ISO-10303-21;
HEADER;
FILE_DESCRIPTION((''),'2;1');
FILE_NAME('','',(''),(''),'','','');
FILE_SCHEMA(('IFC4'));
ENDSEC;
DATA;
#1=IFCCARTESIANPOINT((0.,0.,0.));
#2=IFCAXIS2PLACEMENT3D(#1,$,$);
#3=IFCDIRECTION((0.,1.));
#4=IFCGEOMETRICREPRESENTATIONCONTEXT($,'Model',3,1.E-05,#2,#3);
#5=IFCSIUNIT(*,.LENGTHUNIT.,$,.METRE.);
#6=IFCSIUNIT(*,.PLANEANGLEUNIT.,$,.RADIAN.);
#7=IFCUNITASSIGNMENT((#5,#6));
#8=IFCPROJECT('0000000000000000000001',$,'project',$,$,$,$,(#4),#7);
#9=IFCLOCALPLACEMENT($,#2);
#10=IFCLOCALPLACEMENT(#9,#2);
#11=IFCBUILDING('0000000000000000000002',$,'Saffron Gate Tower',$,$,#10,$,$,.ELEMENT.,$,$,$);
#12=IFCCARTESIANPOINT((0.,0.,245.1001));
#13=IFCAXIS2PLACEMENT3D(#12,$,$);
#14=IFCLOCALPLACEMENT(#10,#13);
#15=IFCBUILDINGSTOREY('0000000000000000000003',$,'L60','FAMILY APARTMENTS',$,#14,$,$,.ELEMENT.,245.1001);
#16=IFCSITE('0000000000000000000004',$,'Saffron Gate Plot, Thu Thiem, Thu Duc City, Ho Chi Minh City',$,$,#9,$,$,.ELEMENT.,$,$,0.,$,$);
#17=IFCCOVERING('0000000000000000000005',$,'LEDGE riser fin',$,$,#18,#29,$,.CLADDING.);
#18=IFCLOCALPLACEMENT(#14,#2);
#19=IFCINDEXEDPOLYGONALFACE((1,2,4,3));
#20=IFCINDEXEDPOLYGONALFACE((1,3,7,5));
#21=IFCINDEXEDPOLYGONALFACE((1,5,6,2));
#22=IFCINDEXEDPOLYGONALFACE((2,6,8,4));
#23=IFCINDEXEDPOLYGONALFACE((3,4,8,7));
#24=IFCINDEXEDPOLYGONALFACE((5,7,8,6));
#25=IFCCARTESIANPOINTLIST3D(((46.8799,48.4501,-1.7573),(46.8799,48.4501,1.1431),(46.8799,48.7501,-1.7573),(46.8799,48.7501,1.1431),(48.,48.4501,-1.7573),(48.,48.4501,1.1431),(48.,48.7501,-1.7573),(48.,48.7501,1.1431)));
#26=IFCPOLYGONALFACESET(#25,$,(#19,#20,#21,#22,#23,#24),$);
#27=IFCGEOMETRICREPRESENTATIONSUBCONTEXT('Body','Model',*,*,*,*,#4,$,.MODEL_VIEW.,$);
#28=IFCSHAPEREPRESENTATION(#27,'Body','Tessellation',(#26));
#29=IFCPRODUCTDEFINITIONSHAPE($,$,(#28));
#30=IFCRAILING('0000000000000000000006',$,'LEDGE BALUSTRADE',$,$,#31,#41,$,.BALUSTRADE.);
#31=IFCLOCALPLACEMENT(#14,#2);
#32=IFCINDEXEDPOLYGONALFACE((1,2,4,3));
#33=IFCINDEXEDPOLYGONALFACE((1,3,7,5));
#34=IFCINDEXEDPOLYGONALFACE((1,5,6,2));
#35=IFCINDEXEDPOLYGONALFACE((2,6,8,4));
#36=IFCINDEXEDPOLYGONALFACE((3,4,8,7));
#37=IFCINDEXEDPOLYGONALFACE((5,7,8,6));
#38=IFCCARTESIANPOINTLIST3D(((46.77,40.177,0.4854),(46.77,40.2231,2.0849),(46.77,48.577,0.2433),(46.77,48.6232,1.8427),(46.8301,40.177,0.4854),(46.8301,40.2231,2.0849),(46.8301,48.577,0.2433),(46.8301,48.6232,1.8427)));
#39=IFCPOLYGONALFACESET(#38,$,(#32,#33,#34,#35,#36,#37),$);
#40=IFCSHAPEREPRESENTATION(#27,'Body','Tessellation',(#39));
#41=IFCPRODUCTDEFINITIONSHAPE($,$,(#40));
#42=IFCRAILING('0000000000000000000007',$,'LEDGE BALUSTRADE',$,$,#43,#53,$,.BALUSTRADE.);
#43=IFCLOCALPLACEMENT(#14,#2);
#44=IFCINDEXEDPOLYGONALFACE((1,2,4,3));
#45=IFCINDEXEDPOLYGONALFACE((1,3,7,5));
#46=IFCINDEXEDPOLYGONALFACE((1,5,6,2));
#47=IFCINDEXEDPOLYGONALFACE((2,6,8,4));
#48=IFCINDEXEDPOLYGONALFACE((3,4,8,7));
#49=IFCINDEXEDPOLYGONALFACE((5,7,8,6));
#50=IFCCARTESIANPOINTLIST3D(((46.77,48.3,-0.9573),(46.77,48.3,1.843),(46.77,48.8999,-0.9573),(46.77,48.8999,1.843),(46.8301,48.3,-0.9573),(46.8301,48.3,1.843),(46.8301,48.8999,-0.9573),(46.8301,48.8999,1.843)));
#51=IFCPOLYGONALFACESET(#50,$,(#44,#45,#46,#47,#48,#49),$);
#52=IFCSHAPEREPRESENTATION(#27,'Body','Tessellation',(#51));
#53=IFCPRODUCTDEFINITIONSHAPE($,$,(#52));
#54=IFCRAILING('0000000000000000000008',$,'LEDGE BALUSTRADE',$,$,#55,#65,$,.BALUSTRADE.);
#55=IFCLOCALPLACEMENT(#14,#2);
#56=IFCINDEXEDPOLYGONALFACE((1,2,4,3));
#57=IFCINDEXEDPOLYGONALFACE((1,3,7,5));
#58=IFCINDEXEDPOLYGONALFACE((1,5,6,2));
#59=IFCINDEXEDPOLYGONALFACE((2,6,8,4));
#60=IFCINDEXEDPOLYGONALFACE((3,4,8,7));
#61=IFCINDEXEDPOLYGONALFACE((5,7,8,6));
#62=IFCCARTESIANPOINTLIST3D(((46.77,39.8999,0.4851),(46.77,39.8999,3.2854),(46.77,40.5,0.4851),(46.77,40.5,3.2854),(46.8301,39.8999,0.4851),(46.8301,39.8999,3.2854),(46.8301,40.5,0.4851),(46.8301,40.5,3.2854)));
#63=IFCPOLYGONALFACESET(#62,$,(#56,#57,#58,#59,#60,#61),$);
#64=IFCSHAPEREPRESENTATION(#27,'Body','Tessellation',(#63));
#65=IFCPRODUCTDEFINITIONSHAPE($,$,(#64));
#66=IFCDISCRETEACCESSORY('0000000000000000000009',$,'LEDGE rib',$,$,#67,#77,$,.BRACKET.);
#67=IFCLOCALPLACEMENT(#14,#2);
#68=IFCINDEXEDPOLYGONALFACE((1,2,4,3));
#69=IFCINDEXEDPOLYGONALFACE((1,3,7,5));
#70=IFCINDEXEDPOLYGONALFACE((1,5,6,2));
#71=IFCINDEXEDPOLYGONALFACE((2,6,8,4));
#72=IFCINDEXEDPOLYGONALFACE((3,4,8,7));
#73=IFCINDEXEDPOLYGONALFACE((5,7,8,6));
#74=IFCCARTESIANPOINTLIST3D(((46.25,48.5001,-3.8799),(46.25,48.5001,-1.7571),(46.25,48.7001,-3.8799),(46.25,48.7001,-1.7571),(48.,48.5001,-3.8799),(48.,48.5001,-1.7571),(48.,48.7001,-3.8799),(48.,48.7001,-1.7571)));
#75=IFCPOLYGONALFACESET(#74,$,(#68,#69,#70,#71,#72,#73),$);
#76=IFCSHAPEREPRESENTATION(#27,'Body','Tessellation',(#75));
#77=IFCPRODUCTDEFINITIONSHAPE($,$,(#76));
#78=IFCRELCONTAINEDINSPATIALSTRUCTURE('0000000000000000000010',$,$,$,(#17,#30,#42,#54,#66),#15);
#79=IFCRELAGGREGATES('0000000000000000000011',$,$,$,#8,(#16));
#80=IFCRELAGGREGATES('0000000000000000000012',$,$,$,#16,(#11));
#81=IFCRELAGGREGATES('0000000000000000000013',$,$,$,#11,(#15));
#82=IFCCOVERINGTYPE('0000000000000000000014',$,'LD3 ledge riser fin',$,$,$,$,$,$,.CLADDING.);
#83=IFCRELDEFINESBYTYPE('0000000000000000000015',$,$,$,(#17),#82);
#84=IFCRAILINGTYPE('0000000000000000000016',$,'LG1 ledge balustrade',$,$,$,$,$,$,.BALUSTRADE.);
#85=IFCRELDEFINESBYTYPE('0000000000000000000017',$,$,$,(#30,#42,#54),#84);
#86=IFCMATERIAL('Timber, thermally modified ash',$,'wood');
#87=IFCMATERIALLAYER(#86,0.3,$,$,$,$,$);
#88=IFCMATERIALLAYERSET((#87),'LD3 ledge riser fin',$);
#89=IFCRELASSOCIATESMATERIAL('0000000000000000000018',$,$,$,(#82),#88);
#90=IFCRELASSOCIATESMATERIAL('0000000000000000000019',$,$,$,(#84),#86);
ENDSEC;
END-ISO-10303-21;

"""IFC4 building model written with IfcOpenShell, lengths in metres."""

from ifc_helpers import new_model, si_unit, direction, frame, origin, origin_2d, place, context, subcontext, project, spatial, rectangle, extrude, material, layer, layer_set, type_object, element, save


model = new_model("IFC4")

# Units and contexts
model_context = context("Model", 3, precision=1e-05, world=origin(), true_north=direction((0.0, 1.0)))
body_context = subcontext(model_context, "Body", "Model", "MODEL_VIEW")
ifc_project = project(units=[si_unit("LENGTHUNIT", "METRE"), si_unit("PLANEANGLEUNIT", "RADIAN")], contexts=[model_context])

# Site, building, storey
site_placement = place(None, origin())
site = spatial("IfcSite", under=ifc_project, at=site_placement, Name="Saffron Gate Plot, Thu Thiem, Thu Duc City, Ho Chi Minh City", CompositionType="ELEMENT", RefElevation=0.0)
building_placement = place(site_placement, origin())
building = spatial("IfcBuilding", under=site, at=building_placement, Name="Saffron Gate Tower", CompositionType="ELEMENT")
storey_placement = place(building_placement, frame((0.0, 0.0, 245.1001)))
storey = spatial("IfcBuildingStorey", under=building, at=storey_placement, Name="L60", Description="FAMILY APARTMENTS", CompositionType="ELEMENT", Elevation=245.1001)

# Covering
ifc_material_1 = material(Name="Timber, thermally modified ash", Category="wood")
ifc_layer_1 = layer(ifc_material_1, 0.3)
ifc_layer_set_1 = layer_set([ifc_layer_1], Name="LD3 ledge riser fin")
covering_type_1 = type_object("IfcCoveringType", Name="LD3 ledge riser fin", PredefinedType="CLADDING", material=ifc_layer_set_1)
covering_1_placement = place(storey_placement, frame((47.4399, 48.6001, -1.7573), z_axis=(0.0, 0.0, 1.0), x_axis=(0.0, -1.0, 0.0)))
element("IfcCovering", 1, at=covering_1_placement, inside=storey, type_object=covering_type_1, Name="LEDGE riser fin", PredefinedType="CLADDING", context=body_context, shape_type="SweptSolid", body=[
    extrude(rectangle(XDim=0.3, YDim=1.1201, at=origin_2d()), origin(), (0.0, 0.0, 1.0), 2.9004),
])

# Railings
railing_type = type_object("IfcRailingType", Name="LG1 ledge balustrade", PredefinedType="BALUSTRADE", material=ifc_material_1)
railing_1_placement = place(storey_placement, frame((46.8, 48.6001, 0.2429)))
element("IfcRailing", 2, at=railing_1_placement, inside=storey, type_object=railing_type, Name="LEDGE BALUSTRADE", PredefinedType="BALUSTRADE", context=body_context, shape_type="SweptSolid", body=[
    extrude(rectangle(XDim=0.0601, YDim=1.6001, at=origin_2d()), frame((0.0, 0.0, 0.8), z_axis=(0.0, -0.999585, 0.028819), x_axis=(1.0, 0.0, 0.0)), (0.0, 0.0, 1.0), 8.4036),
])
railing_2_placement = place(storey_placement, frame((46.8, 48.8999, -0.9573)))
element("IfcRailing", 3, at=railing_2_placement, inside=storey, type_object=railing_type, Name="LEDGE BALUSTRADE", PredefinedType="BALUSTRADE", context=body_context, shape_type="SweptSolid", body=[
    extrude(rectangle(XDim=0.0601, YDim=2.8003, at=origin_2d()), frame((0.0, 0.0, 1.4001), z_axis=(0.0, -1.0, 0.0), x_axis=(1.0, 0.0, 0.0)), (0.0, 0.0, 1.0), 0.5999),
])
railing_3_placement = place(storey_placement, frame((46.8, 40.5, 0.4851)))
element("IfcRailing", 4, at=railing_3_placement, inside=storey, type_object=railing_type, Name="LEDGE BALUSTRADE", PredefinedType="BALUSTRADE", context=body_context, shape_type="SweptSolid", body=[
    extrude(rectangle(XDim=0.0601, YDim=2.8003, at=origin_2d()), frame((0.0, 0.0, 1.4001), z_axis=(0.0, -1.0, 0.0), x_axis=(1.0, 0.0, 0.0)), (0.0, 0.0, 1.0), 0.6001),
])

# Discrete accessory
discrete_accessory_placement = place(storey_placement, frame((47.125, 48.6001, -3.8799), z_axis=(0.0, 0.0, 1.0), x_axis=(0.0, -1.0, 0.0)))
element("IfcDiscreteAccessory", 5, at=discrete_accessory_placement, inside=storey, Name="LEDGE rib", PredefinedType="BRACKET", context=body_context, shape_type="SweptSolid", body=[
    extrude(rectangle(XDim=0.2, YDim=1.75, at=origin_2d()), origin(), (0.0, 0.0, 1.0), 2.1228),
])

save(model, "model.ifc")
